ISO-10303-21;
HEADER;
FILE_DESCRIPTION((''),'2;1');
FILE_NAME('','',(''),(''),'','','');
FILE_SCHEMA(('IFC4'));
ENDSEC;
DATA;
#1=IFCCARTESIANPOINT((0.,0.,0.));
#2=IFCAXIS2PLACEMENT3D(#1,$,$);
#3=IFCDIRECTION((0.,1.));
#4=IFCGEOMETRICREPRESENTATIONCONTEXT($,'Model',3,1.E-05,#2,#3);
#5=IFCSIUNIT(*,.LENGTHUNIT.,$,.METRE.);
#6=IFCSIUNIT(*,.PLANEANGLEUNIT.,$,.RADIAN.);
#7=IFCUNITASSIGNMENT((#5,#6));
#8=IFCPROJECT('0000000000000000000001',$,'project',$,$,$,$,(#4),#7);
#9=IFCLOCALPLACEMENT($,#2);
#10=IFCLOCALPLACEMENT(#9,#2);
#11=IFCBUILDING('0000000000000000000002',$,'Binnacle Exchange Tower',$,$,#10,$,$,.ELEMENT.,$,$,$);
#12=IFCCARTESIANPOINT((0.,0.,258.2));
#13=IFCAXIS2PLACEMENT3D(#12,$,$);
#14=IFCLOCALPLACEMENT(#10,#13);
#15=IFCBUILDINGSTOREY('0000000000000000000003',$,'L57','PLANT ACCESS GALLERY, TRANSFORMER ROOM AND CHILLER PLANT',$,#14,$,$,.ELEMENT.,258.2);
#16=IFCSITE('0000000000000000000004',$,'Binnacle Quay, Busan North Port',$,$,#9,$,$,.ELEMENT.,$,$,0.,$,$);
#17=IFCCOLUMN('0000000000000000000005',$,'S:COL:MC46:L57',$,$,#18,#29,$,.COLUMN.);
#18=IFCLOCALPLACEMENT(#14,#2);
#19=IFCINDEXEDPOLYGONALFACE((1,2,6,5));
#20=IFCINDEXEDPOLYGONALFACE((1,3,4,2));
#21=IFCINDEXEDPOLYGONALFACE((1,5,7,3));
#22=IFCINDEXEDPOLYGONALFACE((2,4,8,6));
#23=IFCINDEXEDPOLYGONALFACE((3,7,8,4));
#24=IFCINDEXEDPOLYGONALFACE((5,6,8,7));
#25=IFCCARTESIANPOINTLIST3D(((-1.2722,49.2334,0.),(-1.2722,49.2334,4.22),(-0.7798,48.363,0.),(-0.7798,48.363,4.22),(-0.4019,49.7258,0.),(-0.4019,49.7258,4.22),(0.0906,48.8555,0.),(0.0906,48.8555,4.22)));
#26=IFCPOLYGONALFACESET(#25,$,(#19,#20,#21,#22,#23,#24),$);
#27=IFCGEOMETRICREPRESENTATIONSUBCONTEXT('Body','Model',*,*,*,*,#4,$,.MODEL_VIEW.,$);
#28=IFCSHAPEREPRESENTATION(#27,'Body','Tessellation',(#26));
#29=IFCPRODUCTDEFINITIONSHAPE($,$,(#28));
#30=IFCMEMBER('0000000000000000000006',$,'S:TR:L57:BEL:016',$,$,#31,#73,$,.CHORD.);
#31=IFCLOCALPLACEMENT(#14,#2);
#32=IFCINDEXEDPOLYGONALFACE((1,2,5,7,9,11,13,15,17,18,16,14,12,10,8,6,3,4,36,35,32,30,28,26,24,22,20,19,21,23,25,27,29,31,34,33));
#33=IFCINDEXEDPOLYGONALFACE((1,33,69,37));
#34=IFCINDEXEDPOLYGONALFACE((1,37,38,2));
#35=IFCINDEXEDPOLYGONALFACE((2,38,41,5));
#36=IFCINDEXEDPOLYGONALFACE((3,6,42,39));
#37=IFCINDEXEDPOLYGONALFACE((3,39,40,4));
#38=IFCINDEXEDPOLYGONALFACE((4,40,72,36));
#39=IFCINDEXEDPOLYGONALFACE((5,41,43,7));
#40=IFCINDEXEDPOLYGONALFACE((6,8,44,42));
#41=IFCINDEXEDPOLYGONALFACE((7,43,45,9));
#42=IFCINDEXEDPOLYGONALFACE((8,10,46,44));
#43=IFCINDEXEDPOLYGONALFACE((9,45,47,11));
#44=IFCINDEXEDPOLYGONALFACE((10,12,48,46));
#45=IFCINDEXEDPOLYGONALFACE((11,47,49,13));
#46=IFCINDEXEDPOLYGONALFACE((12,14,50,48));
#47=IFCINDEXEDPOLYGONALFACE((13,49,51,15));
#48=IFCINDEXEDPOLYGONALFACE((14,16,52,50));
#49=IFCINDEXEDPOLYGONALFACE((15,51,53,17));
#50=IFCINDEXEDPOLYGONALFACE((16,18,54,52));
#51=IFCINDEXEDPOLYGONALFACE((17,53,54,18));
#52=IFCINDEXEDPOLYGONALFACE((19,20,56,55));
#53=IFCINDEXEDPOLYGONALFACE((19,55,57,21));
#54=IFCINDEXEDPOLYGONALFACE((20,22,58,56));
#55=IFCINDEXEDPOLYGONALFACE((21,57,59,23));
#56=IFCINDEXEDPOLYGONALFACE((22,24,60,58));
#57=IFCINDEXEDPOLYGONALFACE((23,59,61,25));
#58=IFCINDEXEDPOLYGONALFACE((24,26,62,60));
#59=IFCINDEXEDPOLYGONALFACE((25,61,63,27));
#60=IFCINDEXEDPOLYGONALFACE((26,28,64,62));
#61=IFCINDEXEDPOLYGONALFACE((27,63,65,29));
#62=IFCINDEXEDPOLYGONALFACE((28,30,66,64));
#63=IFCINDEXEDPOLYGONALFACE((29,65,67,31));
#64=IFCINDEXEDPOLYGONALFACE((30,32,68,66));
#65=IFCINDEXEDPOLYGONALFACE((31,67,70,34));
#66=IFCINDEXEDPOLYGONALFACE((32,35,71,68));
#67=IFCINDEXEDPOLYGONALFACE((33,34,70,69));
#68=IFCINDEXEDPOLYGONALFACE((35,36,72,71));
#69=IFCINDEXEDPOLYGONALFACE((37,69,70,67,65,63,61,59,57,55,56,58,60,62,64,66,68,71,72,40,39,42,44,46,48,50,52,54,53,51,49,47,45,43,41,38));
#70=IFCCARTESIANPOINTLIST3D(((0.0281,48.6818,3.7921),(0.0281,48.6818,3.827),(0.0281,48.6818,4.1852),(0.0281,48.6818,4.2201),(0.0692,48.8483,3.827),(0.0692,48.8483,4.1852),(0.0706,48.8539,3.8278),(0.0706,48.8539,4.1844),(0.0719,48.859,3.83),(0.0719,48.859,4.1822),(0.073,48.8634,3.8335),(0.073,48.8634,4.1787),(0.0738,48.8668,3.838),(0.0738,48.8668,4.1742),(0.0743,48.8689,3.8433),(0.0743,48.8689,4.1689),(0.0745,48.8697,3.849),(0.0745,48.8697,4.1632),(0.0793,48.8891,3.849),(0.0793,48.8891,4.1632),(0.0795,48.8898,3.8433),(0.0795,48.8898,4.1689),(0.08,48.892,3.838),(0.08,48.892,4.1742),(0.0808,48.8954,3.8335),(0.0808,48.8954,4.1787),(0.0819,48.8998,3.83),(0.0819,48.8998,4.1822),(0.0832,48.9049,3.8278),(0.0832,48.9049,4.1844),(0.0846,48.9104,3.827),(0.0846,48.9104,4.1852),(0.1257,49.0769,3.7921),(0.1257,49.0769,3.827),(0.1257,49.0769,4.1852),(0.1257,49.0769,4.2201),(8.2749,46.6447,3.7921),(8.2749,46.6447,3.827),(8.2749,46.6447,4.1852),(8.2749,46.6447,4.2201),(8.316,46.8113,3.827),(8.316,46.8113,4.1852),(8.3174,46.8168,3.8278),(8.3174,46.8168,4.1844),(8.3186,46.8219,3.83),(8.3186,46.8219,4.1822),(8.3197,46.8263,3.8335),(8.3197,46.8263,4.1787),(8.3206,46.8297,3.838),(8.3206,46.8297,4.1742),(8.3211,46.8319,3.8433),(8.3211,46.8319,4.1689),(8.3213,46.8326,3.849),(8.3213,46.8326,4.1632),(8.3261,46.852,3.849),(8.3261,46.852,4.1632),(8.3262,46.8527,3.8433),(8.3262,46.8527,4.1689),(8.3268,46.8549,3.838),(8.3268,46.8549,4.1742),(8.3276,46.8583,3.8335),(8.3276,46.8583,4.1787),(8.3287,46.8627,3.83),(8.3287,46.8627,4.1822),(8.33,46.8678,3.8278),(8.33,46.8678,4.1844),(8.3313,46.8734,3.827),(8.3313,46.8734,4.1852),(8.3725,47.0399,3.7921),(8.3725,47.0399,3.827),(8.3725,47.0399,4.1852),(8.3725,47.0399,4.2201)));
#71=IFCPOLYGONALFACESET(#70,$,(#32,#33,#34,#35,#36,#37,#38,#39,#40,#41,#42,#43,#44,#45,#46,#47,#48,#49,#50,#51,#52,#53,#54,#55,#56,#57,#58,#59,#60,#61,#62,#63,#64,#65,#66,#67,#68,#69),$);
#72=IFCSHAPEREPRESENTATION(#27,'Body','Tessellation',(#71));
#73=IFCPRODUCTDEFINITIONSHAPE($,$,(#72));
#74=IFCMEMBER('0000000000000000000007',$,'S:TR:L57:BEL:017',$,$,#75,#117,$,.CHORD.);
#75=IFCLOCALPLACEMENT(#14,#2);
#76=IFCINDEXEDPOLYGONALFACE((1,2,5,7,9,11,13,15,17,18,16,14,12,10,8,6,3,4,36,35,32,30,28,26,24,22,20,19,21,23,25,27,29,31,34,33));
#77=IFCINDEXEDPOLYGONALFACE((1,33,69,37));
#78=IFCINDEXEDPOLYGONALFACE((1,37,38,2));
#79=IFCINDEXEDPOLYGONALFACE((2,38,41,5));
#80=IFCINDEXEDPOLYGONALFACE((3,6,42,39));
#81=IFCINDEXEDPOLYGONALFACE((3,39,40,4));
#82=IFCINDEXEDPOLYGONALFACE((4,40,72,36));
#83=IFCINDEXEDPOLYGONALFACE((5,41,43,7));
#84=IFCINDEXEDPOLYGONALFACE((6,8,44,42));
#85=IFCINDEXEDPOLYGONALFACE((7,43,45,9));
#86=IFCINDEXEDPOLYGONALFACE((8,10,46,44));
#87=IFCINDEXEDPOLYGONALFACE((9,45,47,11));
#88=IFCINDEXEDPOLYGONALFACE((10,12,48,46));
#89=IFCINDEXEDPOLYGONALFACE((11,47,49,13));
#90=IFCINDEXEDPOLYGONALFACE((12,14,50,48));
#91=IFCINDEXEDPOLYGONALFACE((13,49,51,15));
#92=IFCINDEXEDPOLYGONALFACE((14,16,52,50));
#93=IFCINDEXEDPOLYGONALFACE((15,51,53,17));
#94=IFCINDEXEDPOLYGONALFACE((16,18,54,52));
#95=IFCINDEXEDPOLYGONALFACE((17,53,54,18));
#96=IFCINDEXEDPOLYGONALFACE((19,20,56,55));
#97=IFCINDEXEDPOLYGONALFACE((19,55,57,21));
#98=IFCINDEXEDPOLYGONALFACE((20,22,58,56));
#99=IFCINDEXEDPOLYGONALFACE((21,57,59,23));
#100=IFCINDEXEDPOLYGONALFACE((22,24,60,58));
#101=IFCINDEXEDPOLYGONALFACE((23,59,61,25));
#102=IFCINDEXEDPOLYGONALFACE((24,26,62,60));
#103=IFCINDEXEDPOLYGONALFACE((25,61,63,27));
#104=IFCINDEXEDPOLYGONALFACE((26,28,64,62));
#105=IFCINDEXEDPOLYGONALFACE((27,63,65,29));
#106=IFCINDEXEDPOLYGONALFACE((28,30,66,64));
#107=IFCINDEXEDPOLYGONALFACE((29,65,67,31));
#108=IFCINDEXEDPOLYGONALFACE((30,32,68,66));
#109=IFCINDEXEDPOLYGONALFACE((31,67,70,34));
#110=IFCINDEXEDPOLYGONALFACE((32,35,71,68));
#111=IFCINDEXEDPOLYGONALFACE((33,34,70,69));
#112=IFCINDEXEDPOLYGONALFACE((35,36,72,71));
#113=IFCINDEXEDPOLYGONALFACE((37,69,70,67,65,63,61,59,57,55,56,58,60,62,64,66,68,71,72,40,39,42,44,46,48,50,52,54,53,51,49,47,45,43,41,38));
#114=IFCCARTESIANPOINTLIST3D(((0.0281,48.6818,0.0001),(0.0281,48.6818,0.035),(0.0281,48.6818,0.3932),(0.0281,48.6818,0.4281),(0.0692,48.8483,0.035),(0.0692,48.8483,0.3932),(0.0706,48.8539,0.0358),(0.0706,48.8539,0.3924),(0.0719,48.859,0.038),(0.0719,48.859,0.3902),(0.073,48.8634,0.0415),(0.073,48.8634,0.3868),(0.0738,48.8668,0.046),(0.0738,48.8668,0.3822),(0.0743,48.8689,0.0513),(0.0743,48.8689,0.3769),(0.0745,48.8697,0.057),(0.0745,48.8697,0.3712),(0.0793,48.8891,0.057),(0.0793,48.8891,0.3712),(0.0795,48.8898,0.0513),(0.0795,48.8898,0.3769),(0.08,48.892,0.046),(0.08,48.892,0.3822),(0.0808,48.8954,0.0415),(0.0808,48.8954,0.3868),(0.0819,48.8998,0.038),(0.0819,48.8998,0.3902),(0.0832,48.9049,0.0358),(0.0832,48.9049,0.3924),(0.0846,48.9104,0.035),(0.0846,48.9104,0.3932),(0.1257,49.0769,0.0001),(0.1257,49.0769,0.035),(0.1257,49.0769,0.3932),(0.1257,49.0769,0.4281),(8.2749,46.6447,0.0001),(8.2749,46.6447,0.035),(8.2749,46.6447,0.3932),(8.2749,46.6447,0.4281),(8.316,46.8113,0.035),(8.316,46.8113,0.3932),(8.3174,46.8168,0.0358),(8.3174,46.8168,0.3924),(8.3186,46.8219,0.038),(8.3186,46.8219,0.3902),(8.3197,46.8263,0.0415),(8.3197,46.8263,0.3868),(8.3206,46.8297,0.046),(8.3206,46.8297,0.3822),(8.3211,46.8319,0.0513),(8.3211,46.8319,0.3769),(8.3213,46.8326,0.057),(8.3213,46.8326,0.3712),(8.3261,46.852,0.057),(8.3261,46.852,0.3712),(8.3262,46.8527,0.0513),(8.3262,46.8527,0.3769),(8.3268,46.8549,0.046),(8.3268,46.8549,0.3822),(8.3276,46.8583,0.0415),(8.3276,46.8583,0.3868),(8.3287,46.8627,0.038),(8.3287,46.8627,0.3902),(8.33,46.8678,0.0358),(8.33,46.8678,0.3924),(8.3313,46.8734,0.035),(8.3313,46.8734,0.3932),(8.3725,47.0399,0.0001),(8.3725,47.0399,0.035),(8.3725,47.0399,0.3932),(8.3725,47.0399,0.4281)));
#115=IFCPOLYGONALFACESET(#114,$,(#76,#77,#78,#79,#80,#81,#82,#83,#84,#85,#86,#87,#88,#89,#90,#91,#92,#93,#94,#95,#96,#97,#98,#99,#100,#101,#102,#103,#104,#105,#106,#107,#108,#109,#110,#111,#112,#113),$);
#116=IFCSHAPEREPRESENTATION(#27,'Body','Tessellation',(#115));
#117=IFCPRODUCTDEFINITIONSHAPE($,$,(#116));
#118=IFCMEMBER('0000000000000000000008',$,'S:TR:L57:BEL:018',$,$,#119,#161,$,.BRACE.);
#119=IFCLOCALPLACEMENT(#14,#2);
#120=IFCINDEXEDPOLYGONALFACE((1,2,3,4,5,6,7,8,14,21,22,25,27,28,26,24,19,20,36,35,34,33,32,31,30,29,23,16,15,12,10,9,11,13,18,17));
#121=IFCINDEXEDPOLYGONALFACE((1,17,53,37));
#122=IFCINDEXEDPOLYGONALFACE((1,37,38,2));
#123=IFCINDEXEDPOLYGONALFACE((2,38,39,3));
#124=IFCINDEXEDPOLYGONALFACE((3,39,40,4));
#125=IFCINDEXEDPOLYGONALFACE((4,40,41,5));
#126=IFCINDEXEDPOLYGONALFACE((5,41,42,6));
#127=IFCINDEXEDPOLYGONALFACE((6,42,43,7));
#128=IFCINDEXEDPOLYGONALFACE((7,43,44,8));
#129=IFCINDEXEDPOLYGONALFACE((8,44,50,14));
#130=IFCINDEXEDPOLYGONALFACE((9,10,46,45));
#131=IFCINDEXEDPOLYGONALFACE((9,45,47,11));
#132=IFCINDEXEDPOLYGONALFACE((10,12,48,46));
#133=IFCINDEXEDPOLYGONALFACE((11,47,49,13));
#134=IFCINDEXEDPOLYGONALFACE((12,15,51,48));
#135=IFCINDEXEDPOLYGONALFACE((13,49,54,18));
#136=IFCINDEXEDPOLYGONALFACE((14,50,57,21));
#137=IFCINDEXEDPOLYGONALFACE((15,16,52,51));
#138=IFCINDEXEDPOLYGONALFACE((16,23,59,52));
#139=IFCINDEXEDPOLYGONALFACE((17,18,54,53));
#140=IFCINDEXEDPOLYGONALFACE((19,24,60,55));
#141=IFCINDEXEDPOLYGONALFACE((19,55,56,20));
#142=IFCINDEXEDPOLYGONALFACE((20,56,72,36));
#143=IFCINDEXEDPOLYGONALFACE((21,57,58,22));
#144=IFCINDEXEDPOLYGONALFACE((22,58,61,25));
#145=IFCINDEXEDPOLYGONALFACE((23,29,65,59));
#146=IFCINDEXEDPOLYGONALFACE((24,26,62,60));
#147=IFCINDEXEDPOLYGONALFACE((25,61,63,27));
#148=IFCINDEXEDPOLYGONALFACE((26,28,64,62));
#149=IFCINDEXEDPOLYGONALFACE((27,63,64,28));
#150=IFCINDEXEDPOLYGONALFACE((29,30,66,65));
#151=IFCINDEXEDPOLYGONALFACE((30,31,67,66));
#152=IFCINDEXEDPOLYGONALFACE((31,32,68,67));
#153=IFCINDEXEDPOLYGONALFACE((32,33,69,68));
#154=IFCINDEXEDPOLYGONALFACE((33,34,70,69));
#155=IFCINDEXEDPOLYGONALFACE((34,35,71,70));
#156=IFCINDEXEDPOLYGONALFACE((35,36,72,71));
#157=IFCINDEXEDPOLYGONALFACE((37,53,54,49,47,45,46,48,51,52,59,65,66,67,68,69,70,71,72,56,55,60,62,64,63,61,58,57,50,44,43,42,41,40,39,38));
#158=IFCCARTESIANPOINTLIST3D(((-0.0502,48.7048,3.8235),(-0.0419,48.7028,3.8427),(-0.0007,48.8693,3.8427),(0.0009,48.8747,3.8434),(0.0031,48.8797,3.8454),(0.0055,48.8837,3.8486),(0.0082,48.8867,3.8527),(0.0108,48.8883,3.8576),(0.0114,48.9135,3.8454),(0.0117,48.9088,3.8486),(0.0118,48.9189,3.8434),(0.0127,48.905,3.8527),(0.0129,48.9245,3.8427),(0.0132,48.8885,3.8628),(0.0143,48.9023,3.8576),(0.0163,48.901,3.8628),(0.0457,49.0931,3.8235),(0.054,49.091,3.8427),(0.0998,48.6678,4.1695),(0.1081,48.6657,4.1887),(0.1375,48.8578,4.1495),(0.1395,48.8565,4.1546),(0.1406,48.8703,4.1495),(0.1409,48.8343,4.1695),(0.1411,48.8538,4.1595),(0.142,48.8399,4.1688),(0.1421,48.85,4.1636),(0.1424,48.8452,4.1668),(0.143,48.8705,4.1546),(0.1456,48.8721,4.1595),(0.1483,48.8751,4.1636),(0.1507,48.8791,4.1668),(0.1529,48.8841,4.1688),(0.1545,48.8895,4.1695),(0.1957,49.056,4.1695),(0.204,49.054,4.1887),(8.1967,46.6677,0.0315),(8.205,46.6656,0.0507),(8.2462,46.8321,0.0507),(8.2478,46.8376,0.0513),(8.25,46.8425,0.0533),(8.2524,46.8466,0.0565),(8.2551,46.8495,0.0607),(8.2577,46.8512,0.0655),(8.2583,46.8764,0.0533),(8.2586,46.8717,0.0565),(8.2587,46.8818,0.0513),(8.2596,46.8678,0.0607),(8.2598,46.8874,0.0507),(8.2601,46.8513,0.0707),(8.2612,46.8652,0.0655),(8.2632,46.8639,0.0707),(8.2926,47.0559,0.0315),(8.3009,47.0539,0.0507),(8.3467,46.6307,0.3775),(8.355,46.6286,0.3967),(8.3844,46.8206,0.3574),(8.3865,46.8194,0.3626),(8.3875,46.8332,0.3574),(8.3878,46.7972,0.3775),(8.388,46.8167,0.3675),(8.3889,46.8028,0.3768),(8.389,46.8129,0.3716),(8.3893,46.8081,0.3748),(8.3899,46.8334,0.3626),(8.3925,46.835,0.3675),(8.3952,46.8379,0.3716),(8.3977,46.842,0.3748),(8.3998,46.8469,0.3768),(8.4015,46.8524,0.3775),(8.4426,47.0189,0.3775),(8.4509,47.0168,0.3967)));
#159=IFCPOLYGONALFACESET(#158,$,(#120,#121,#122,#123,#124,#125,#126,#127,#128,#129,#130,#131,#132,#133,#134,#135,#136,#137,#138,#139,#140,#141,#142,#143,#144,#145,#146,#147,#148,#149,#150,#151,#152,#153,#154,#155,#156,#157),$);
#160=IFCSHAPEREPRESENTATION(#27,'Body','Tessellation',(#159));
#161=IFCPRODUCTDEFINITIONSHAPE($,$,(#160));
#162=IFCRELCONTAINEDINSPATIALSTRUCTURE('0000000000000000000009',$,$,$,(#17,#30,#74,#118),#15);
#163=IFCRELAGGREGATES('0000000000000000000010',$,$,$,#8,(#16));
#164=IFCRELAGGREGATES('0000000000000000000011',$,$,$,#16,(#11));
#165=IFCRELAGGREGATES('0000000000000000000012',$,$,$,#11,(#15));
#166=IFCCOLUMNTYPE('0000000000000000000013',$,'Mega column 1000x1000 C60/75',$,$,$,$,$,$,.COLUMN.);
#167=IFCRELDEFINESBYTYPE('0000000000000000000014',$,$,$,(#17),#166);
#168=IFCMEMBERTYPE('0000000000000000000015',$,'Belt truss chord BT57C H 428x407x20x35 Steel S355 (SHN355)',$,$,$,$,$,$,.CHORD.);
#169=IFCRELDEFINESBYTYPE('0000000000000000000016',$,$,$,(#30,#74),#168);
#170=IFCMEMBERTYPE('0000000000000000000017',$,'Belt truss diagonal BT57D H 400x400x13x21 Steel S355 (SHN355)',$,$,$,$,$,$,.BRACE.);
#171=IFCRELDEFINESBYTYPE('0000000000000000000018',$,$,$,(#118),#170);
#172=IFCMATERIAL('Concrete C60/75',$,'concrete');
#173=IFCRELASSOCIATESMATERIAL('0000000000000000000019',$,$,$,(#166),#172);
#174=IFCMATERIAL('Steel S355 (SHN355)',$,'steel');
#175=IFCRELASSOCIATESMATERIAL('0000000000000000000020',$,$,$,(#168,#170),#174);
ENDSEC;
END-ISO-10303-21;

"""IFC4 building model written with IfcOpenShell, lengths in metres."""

from ifc_helpers import new_model, si_unit, direction, frame, origin, origin_2d, place, context, subcontext, project, spatial, rectangle, i_section, extrude, material, material_profile, profile_set, type_object, element, save


model = new_model("IFC4")

# Units and contexts
model_context = context("Model", 3, precision=1e-05, world=origin(), true_north=direction((0.0, 1.0)))
body_context = subcontext(model_context, "Body", "Model", "MODEL_VIEW")
ifc_project = project(units=[si_unit("LENGTHUNIT", "METRE"), si_unit("PLANEANGLEUNIT", "RADIAN")], contexts=[model_context])

# Site, building, storey
site_placement = place(None, origin())
site = spatial("IfcSite", under=ifc_project, at=site_placement, Name="Binnacle Quay, Busan North Port", CompositionType="ELEMENT", RefElevation=0.0)
building_placement = place(site_placement, origin())
building = spatial("IfcBuilding", under=site, at=building_placement, Name="Binnacle Exchange Tower", CompositionType="ELEMENT")
storey_placement = place(building_placement, frame((0.0, 0.0, 258.2)))
storey = spatial("IfcBuildingStorey", under=building, at=storey_placement, Name="L57", Description="PLANT ACCESS GALLERY, TRANSFORMER ROOM AND CHILLER PLANT", CompositionType="ELEMENT", Elevation=258.2)

# Column
ifc_material_1 = material(Name="Concrete C60/75", Category="concrete")
ifc_material_profile_1 = material_profile(ifc_material_1, rectangle(XDim=1.0, YDim=1.0, at=origin_2d()), Name="Mega column 1000x1000 C60/75")
ifc_profile_set_1 = profile_set([ifc_material_profile_1], Name="Concrete C60/75")
column_type = type_object("IfcColumnType", Name="Mega column 1000x1000 C60/75", PredefinedType="COLUMN", material=ifc_profile_set_1)
column_placement = place(storey_placement, frame((-0.5908, 49.0444, 0.0), z_axis=(0.0, 0.0, 1.0), x_axis=(0.870356, 0.492424, 0.0)))
element("IfcColumn", 1, at=column_placement, inside=storey, type_object=column_type, Name="S:COL:MC46:L57", PredefinedType="COLUMN", context=body_context, shape_type="SweptSolid", body=[
    extrude(rectangle(XDim=1.0, YDim=1.0, at=origin_2d()), origin(), (0.0, 0.0, 1.0), 4.22),
])

# Members
ifc_material_2 = material(Name="Steel S355 (SHN355)", Category="steel")
ifc_material_profile_2 = material_profile(ifc_material_2, i_section(OverallWidth=0.407, OverallDepth=0.428, WebThickness=0.02, FlangeThickness=0.0349, FilletRadius=0.022, at=origin_2d()), Name="H 428x407x20x35")
ifc_profile_set_2 = profile_set([ifc_material_profile_2], Name="Steel S355 (SHN355)")
member_type_1 = type_object("IfcMemberType", Name="Belt truss chord BT57C H 428x407x20x35 Steel S355 (SHN355)", PredefinedType="CHORD", material=ifc_profile_set_2)
for number, where, z_axis, x_axis, name in (
    (2, (0.0769, 48.8794, 4.0061), (0.97082, -0.239809, 0.0), (0.239809, 0.97082, 0.0), "S:TR:L57:BEL:016"),
    (3, (0.0769, 48.8794, 0.2141), (0.97082, -0.239809, 0.0), (0.239809, 0.97082, 0.0), "S:TR:L57:BEL:017"),
):
    element("IfcMember", number, at=place(storey_placement, frame(where, z_axis=z_axis, x_axis=x_axis)), inside=storey, type_object=member_type_1, Name=name, PredefinedType="CHORD", context=body_context, shape_type="SweptSolid", body=[
        extrude(i_section(OverallWidth=0.407, OverallDepth=0.428, WebThickness=0.02, FlangeThickness=0.0349, FilletRadius=0.022, at=origin_2d()), origin(), (0.0, 0.0, 1.0), 8.4946),
    ])
ifc_material_profile_3 = material_profile(ifc_material_2, i_section(OverallWidth=0.3999, OverallDepth=0.3999, WebThickness=0.0129, FlangeThickness=0.021, FilletRadius=0.022, at=origin_2d()), Name="H 400x400x13x21")
ifc_profile_set_3 = profile_set([ifc_material_profile_3], Name="Steel S355 (SHN355)")
member_type_2 = type_object("IfcMemberType", Name="Belt truss diagonal BT57D H 400x400x13x21 Steel S355 (SHN355)", PredefinedType="BRACE", material=ifc_profile_set_3)
member_placement = place(storey_placement, frame((0.0769, 48.8794, 4.0061), z_axis=(0.886504, -0.218982, -0.407625), x_axis=(0.239809, 0.97082, 0.0)))
element("IfcMember", 4, at=member_placement, inside=storey, type_object=member_type_2, Name="S:TR:L57:BEL:018", PredefinedType="BRACE", context=body_context, shape_type="SweptSolid", body=[
    extrude(i_section(OverallWidth=0.3999, OverallDepth=0.3999, WebThickness=0.0129, FlangeThickness=0.021, FilletRadius=0.022, at=origin_2d()), origin(), (0.0, 0.0, 1.0), 9.3027),
])

save(model, "model.ifc")
